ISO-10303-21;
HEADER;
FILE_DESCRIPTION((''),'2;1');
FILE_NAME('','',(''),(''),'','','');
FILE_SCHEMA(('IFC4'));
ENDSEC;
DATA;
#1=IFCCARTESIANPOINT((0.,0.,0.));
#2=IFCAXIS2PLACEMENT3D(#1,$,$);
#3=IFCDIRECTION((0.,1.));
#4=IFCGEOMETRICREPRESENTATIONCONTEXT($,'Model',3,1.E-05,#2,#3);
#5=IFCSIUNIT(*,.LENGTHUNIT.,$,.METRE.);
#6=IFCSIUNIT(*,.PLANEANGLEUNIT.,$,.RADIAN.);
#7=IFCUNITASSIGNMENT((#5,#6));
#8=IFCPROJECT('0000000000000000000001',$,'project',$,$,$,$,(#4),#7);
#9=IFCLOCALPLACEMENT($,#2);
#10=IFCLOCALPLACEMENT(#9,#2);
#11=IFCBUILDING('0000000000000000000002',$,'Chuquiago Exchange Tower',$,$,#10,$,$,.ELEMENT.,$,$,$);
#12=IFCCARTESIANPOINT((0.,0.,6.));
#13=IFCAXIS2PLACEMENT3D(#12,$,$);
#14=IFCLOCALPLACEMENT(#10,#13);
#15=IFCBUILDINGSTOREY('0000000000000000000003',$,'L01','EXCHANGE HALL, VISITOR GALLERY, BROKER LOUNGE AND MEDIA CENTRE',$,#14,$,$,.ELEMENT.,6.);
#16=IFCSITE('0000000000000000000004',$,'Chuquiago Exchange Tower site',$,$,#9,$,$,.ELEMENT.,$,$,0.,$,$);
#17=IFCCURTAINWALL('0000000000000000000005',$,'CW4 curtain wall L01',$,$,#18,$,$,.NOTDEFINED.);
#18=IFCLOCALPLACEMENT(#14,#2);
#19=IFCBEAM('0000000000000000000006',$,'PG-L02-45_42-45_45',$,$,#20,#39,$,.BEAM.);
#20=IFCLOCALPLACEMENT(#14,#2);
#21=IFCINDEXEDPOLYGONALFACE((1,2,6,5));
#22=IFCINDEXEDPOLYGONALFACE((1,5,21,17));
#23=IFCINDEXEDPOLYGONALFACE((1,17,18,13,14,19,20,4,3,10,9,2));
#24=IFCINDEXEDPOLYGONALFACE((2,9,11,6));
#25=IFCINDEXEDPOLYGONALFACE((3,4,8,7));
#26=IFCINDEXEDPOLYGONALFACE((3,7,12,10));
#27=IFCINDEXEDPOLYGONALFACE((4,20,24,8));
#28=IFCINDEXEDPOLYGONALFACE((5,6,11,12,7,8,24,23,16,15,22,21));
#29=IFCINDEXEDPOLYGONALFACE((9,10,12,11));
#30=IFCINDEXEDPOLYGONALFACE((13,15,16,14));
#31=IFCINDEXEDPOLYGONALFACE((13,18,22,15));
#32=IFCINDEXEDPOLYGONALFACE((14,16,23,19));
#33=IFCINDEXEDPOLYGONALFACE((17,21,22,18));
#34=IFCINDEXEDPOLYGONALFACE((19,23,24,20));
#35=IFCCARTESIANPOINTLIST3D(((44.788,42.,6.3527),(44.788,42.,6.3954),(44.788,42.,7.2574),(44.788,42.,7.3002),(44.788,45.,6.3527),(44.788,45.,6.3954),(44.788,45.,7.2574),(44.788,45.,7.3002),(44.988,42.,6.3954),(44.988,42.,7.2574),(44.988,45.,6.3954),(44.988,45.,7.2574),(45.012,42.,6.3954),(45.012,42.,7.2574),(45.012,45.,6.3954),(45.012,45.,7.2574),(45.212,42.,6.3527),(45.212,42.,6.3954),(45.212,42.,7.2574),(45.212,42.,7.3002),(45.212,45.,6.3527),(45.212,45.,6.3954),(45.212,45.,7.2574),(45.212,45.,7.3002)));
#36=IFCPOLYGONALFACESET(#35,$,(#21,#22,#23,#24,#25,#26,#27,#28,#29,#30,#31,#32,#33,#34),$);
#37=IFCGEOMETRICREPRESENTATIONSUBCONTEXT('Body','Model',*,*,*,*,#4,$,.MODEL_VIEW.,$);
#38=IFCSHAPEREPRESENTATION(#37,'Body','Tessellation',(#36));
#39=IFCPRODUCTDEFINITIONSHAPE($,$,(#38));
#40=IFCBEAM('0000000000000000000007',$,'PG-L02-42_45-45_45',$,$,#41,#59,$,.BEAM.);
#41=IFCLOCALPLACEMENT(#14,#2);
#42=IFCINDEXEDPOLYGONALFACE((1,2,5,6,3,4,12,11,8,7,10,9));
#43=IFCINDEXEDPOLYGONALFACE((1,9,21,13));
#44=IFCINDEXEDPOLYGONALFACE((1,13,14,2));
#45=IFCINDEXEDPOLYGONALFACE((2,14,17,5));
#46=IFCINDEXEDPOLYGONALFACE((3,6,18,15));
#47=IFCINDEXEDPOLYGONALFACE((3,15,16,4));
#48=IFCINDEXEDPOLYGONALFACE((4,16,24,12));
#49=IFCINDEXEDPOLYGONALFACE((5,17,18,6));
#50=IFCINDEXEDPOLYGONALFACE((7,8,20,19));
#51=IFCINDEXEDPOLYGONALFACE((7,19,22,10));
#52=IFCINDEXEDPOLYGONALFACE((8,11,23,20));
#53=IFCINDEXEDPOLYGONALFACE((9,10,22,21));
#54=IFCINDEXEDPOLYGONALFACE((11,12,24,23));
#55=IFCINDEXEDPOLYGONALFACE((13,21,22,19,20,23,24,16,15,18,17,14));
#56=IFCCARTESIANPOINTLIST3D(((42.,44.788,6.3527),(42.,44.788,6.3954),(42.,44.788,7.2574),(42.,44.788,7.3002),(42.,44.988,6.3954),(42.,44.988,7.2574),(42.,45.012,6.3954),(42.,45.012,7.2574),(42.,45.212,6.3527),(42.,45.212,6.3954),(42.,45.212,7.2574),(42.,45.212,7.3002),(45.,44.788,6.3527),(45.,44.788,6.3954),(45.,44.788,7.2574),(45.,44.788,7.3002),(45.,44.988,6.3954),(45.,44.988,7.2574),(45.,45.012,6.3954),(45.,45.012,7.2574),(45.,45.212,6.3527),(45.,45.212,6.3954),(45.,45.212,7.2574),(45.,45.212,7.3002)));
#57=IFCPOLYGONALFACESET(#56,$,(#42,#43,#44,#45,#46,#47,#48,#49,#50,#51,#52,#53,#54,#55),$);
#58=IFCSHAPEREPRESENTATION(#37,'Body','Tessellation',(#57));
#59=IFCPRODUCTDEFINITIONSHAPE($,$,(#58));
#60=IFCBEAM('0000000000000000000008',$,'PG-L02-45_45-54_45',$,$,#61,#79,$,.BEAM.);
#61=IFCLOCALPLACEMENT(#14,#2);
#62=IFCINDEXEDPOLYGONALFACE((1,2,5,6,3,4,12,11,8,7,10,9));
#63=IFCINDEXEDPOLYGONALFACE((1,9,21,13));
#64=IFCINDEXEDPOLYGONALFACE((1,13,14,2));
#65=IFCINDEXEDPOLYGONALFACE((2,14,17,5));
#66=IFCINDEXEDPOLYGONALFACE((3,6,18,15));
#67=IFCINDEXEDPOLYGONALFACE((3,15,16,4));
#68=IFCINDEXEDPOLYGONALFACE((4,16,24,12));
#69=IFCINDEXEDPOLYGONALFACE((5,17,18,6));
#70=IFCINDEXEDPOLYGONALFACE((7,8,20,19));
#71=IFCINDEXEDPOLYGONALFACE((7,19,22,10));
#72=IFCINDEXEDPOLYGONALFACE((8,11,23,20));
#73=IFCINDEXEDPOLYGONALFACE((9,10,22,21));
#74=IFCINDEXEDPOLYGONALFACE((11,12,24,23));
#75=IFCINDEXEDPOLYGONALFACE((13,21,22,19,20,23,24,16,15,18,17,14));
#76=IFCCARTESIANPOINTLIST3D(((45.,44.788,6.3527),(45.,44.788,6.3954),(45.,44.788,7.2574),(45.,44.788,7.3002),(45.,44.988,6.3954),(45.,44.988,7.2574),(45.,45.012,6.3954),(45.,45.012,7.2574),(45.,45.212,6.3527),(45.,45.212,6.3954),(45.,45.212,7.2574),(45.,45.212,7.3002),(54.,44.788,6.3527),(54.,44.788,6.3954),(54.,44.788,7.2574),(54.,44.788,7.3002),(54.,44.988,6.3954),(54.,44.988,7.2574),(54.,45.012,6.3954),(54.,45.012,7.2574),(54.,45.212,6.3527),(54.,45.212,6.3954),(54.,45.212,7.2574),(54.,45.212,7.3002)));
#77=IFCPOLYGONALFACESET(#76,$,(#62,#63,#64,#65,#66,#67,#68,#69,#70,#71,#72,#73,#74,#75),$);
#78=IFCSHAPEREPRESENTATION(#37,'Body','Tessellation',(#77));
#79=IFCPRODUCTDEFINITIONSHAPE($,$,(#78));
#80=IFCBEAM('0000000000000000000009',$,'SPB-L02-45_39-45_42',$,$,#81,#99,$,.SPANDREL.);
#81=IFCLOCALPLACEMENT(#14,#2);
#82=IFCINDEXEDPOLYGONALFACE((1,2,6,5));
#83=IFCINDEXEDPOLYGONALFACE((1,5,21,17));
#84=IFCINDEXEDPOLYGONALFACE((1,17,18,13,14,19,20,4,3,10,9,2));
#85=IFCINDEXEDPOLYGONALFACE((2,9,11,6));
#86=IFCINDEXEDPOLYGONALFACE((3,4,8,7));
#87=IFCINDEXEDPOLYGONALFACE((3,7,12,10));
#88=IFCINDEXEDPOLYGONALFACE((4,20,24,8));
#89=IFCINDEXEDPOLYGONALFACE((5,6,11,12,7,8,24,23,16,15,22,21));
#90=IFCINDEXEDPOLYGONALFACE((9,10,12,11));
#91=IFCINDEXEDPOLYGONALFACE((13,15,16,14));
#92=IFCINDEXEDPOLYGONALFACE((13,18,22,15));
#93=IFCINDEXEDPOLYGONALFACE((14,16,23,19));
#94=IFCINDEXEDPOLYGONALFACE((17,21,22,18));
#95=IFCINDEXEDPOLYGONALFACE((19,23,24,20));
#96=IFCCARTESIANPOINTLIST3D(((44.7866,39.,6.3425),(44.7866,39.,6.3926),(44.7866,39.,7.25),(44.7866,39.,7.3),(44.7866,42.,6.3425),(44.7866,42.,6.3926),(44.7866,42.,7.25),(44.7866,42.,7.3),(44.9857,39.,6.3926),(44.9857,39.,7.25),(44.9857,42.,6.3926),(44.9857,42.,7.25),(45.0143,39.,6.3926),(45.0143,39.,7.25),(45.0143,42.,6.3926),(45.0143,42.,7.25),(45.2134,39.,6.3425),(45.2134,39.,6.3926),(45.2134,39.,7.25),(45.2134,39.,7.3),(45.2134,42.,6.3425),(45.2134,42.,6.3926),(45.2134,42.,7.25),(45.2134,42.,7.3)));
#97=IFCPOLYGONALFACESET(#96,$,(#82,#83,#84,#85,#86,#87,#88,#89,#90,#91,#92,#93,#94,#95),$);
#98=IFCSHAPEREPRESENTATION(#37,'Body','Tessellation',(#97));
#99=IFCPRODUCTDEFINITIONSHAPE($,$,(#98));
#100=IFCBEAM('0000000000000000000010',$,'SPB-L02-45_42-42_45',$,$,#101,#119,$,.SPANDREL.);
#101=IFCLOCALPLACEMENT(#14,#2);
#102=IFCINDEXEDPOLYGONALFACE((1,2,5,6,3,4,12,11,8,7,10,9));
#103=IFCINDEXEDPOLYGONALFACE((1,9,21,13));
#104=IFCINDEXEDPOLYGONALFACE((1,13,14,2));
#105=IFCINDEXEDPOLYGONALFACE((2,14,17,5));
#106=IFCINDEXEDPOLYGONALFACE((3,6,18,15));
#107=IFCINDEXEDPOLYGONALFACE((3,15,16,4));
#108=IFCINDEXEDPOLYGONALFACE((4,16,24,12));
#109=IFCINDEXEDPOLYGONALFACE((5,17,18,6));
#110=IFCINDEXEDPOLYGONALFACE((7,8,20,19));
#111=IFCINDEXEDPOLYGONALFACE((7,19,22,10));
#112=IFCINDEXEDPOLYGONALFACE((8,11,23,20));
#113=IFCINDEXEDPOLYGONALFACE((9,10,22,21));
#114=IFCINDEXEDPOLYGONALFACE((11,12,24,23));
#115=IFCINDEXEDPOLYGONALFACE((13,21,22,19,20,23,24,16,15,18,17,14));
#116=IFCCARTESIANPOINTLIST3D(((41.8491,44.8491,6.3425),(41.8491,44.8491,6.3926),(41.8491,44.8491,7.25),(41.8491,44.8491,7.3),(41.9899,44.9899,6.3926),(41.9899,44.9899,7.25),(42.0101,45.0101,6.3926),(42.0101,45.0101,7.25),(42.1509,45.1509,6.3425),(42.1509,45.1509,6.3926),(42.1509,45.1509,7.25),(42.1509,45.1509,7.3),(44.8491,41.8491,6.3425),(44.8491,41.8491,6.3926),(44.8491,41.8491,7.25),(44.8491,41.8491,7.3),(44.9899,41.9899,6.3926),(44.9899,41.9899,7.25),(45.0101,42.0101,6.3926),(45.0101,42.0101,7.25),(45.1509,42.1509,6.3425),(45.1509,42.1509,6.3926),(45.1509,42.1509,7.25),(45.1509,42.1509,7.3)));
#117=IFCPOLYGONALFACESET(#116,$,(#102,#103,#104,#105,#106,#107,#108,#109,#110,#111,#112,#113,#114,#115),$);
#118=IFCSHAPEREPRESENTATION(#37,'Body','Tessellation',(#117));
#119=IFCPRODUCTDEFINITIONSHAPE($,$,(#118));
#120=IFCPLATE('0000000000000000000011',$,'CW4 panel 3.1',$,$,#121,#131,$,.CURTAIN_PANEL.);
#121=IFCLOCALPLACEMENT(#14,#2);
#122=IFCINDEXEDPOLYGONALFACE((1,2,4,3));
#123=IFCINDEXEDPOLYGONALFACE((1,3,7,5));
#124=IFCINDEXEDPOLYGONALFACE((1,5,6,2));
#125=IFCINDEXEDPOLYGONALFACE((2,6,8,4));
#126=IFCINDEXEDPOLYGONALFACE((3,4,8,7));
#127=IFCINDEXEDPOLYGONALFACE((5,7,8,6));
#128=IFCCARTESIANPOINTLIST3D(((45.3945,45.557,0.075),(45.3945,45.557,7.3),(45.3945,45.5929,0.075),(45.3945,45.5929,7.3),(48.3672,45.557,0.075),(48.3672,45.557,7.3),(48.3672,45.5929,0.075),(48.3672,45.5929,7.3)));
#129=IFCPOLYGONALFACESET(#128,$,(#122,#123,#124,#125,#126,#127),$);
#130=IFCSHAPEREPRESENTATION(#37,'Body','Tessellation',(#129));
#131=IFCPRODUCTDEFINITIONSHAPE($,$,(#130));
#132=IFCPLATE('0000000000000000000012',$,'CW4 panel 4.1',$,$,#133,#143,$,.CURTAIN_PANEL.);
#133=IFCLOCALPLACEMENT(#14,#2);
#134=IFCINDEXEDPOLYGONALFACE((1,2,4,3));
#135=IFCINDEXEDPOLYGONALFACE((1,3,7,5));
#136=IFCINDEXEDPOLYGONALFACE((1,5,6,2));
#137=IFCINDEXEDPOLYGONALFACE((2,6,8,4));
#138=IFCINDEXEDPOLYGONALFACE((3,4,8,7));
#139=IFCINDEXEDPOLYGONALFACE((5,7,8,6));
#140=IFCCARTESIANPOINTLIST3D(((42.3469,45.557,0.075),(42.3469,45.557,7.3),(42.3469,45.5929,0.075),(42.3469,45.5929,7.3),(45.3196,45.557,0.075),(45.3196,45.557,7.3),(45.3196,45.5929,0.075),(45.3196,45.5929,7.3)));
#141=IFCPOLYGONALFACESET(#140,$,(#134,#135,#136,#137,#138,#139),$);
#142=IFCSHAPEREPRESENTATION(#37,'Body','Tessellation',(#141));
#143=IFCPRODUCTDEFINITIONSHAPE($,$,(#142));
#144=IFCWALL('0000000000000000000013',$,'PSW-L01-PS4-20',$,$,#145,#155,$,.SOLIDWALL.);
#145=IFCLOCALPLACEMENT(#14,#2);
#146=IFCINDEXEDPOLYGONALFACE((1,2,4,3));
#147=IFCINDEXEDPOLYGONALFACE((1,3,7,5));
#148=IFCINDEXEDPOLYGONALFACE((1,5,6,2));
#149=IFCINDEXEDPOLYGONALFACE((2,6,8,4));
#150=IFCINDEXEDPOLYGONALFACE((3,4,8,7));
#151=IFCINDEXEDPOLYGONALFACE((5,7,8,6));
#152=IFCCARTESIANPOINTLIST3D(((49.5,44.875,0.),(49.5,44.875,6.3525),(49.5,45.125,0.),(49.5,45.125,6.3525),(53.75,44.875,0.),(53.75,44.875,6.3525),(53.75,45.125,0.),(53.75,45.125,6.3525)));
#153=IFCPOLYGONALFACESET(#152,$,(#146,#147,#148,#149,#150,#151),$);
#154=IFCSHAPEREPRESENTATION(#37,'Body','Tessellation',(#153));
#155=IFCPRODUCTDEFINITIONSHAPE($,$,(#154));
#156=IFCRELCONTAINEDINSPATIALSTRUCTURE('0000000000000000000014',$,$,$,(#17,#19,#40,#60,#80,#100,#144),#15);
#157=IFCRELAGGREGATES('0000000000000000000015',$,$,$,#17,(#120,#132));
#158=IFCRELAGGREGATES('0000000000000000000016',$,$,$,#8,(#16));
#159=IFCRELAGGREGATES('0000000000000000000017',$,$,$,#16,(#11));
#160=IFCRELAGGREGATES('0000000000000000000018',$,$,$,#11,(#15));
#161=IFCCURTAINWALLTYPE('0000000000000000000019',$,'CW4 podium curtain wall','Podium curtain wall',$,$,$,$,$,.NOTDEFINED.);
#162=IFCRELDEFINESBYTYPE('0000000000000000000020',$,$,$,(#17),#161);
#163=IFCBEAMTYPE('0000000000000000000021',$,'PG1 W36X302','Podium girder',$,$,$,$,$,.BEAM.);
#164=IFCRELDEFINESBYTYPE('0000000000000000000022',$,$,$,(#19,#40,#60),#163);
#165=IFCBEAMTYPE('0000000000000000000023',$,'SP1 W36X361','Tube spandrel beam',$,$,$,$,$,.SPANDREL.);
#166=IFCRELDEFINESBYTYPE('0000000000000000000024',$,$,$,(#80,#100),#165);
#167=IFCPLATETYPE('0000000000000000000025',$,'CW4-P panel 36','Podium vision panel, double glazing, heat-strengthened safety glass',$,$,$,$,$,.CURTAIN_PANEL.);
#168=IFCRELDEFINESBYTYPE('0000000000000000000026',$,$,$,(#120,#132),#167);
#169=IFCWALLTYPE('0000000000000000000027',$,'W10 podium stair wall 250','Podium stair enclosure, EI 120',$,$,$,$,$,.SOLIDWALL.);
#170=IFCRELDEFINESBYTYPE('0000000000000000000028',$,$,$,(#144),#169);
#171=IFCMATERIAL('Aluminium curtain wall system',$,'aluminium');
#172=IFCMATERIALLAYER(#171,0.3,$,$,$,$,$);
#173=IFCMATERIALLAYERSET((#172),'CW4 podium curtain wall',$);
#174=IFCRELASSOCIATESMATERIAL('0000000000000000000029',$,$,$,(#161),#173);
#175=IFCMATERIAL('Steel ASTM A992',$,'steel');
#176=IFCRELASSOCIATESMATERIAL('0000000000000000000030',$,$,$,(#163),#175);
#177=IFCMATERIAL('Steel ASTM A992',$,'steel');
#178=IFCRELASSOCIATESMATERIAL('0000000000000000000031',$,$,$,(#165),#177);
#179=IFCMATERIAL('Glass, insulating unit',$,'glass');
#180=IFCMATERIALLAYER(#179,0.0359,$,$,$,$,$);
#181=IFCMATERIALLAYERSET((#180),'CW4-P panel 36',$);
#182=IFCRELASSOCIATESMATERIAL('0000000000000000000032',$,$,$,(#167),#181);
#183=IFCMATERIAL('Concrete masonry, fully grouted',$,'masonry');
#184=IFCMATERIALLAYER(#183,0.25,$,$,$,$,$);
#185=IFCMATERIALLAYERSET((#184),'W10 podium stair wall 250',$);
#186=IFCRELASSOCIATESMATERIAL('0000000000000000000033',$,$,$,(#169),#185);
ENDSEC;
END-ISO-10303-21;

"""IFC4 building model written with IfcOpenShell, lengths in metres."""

from ifc_helpers import new_model, si_unit, direction, frame, frame_2d, origin, origin_2d, place, context, subcontext, project, spatial, rectangle, i_section, extrude, material, layer, layer_set, material_profile, profile_set, type_object, element, aggregate, save


model = new_model("IFC4")

# Units and contexts
model_context = context("Model", 3, precision=1e-05, world=origin(), true_north=direction((0.0, 1.0)))
body_context = subcontext(model_context, "Body", "Model", "MODEL_VIEW")
ifc_project = project(units=[si_unit("LENGTHUNIT", "METRE"), si_unit("PLANEANGLEUNIT", "RADIAN")], contexts=[model_context])

# Site, building, storey
site_placement = place(None, origin())
site = spatial("IfcSite", under=ifc_project, at=site_placement, Name="Chuquiago Exchange Tower site", CompositionType="ELEMENT", RefElevation=0.0)
building_placement = place(site_placement, origin())
building = spatial("IfcBuilding", under=site, at=building_placement, Name="Chuquiago Exchange Tower", CompositionType="ELEMENT")
storey_placement = place(building_placement, frame((0.0, 0.0, 6.0)))
storey = spatial("IfcBuildingStorey", under=building, at=storey_placement, Name="L01", Description="EXCHANGE HALL, VISITOR GALLERY, BROKER LOUNGE AND MEDIA CENTRE", CompositionType="ELEMENT", Elevation=6.0)

# Curtain wall
ifc_material_1 = material(Name="Aluminium curtain wall system", Category="aluminium")
ifc_layer_1 = layer(ifc_material_1, 0.3)
ifc_layer_set_1 = layer_set([ifc_layer_1], Name="CW4 podium curtain wall")
curtain_wall_type = type_object("IfcCurtainWallType", Name="CW4 podium curtain wall", Description="Podium curtain wall", PredefinedType="NOTDEFINED", material=ifc_layer_set_1)
curtain_wall_placement = place(storey_placement, origin())
curtain_wall = element("IfcCurtainWall", 1, at=curtain_wall_placement, inside=storey, type_object=curtain_wall_type, Name="CW4 curtain wall L01", PredefinedType="NOTDEFINED")

# Beams
ifc_material_2 = material(Name="Steel ASTM A992", Category="steel")
ifc_material_profile_1 = material_profile(ifc_material_2, i_section(OverallWidth=0.4241, OverallDepth=0.9475, WebThickness=0.0239, FlangeThickness=0.0427, at=origin_2d()), Name="W36X302")
ifc_profile_set_1 = profile_set([ifc_material_profile_1], Name="Steel ASTM A992")
beam_type_1 = type_object("IfcBeamType", Name="PG1 W36X302", Description="Podium girder", PredefinedType="BEAM", material=ifc_profile_set_1)
for number, where, z_axis, x_axis, name in (
    (2, (45.0, 42.0, 6.8264), (0.0, 1.0, 0.0), (-1.0, 0.0, 0.0), "PG-L02-45_42-45_45"),
    (3, (42.0, 45.0, 6.8264), (1.0, 0.0, 0.0), (0.0, 1.0, 0.0), "PG-L02-42_45-45_45"),
):
    element("IfcBeam", number, at=place(storey_placement, frame(where, z_axis=z_axis, x_axis=x_axis)), inside=storey, type_object=beam_type_1, Name=name, PredefinedType="BEAM", context=body_context, shape_type="SweptSolid", body=[
        extrude(i_section(OverallWidth=0.4241, OverallDepth=0.9475, WebThickness=0.0239, FlangeThickness=0.0427, at=origin_2d()), origin(), (0.0, 0.0, 1.0), 3.0),
    ])
beam_1_placement = place(storey_placement, frame((45.0, 45.0, 6.8264), z_axis=(1.0, 0.0, 0.0), x_axis=(0.0, 1.0, 0.0)))
element("IfcBeam", 4, at=beam_1_placement, inside=storey, type_object=beam_type_1, Name="PG-L02-45_45-54_45", PredefinedType="BEAM", context=body_context, shape_type="SweptSolid", body=[
    extrude(i_section(OverallWidth=0.4241, OverallDepth=0.9475, WebThickness=0.0239, FlangeThickness=0.0427, at=origin_2d()), origin(), (0.0, 0.0, 1.0), 9.0),
])
ifc_material_3 = material(Name="Steel ASTM A992", Category="steel")
ifc_material_profile_2 = material_profile(ifc_material_3, i_section(OverallWidth=0.4268, OverallDepth=0.9575, WebThickness=0.0286, FlangeThickness=0.05, at=origin_2d()), Name="W36X361")
ifc_profile_set_2 = profile_set([ifc_material_profile_2], Name="Steel ASTM A992")
beam_type_2 = type_object("IfcBeamType", Name="SP1 W36X361", Description="Tube spandrel beam", PredefinedType="SPANDREL", material=ifc_profile_set_2)
beam_2_placement = place(storey_placement, frame((45.0, 39.0, 6.8213), z_axis=(0.0, 1.0, 0.0), x_axis=(-1.0, 0.0, 0.0)))
element("IfcBeam", 5, at=beam_2_placement, inside=storey, type_object=beam_type_2, Name="SPB-L02-45_39-45_42", PredefinedType="SPANDREL", context=body_context, shape_type="SweptSolid", body=[
    extrude(i_section(OverallWidth=0.4268, OverallDepth=0.9575, WebThickness=0.0286, FlangeThickness=0.05, at=origin_2d()), origin(), (0.0, 0.0, 1.0), 3.0),
])
beam_3_placement = place(storey_placement, frame((45.0, 42.0, 6.8213), z_axis=(-0.707107, 0.707107, 0.0), x_axis=(-0.707107, -0.707107, 0.0)))
element("IfcBeam", 6, at=beam_3_placement, inside=storey, type_object=beam_type_2, Name="SPB-L02-45_42-42_45", PredefinedType="SPANDREL", context=body_context, shape_type="SweptSolid", body=[
    extrude(i_section(OverallWidth=0.4268, OverallDepth=0.9575, WebThickness=0.0286, FlangeThickness=0.05, at=origin_2d()), origin(), (0.0, 0.0, 1.0), 4.2427),
])

# Plates
ifc_material_4 = material(Name="Glass, insulating unit", Category="glass")
ifc_layer_2 = layer(ifc_material_4, 0.0359)
ifc_layer_set_2 = layer_set([ifc_layer_2], Name="CW4-P panel 36")
plate_type = type_object("IfcPlateType", Name="CW4-P panel 36", Description="Podium vision panel, double glazing, heat-strengthened safety glass", PredefinedType="CURTAIN_PANEL", material=ifc_layer_set_2)
plate_1_placement = place(storey_placement, frame((46.8809, 45.575, 0.075), z_axis=(0.0, 0.0, 1.0), x_axis=(-1.0, 0.0, 0.0)))
plate_1 = element("IfcPlate", 7, at=plate_1_placement, type_object=plate_type, Name="CW4 panel 3.1", PredefinedType="CURTAIN_PANEL", context=body_context, shape_type="SweptSolid", body=[
    extrude(rectangle(XDim=2.9727, YDim=0.0359, at=origin_2d()), origin(), (0.0, 0.0, 1.0), 7.2251),
])
plate_2_placement = place(storey_placement, frame((43.8333, 45.575, 0.075), z_axis=(0.0, 0.0, 1.0), x_axis=(-1.0, 0.0, 0.0)))
plate_2 = element("IfcPlate", 8, at=plate_2_placement, type_object=plate_type, Name="CW4 panel 4.1", PredefinedType="CURTAIN_PANEL", context=body_context, shape_type="SweptSolid", body=[
    extrude(rectangle(XDim=2.9727, YDim=0.0359, at=origin_2d()), origin(), (0.0, 0.0, 1.0), 7.2251),
])
aggregate(curtain_wall, [plate_1, plate_2])

# Wall
ifc_material_5 = material(Name="Concrete masonry, fully grouted", Category="masonry")
ifc_layer_3 = layer(ifc_material_5, 0.25)
ifc_layer_set_3 = layer_set([ifc_layer_3], Name="W10 podium stair wall 250")
wall_type = type_object("IfcWallType", Name="W10 podium stair wall 250", Description="Podium stair enclosure, EI 120", PredefinedType="SOLIDWALL", material=ifc_layer_set_3)
wall_placement = place(storey_placement, frame((49.5, 45.0, 0.0), z_axis=(0.0, 0.0, 1.0), x_axis=(1.0, 0.0, 0.0)))
element("IfcWall", 9, at=wall_placement, inside=storey, type_object=wall_type, Name="PSW-L01-PS4-20", PredefinedType="SOLIDWALL", context=body_context, shape_type="SweptSolid", body=[
    extrude(rectangle(XDim=4.25, YDim=0.25, at=frame_2d((2.125, 0.0))), origin(), (0.0, 0.0, 1.0), 6.3525),
])

save(model, "model.ifc")
